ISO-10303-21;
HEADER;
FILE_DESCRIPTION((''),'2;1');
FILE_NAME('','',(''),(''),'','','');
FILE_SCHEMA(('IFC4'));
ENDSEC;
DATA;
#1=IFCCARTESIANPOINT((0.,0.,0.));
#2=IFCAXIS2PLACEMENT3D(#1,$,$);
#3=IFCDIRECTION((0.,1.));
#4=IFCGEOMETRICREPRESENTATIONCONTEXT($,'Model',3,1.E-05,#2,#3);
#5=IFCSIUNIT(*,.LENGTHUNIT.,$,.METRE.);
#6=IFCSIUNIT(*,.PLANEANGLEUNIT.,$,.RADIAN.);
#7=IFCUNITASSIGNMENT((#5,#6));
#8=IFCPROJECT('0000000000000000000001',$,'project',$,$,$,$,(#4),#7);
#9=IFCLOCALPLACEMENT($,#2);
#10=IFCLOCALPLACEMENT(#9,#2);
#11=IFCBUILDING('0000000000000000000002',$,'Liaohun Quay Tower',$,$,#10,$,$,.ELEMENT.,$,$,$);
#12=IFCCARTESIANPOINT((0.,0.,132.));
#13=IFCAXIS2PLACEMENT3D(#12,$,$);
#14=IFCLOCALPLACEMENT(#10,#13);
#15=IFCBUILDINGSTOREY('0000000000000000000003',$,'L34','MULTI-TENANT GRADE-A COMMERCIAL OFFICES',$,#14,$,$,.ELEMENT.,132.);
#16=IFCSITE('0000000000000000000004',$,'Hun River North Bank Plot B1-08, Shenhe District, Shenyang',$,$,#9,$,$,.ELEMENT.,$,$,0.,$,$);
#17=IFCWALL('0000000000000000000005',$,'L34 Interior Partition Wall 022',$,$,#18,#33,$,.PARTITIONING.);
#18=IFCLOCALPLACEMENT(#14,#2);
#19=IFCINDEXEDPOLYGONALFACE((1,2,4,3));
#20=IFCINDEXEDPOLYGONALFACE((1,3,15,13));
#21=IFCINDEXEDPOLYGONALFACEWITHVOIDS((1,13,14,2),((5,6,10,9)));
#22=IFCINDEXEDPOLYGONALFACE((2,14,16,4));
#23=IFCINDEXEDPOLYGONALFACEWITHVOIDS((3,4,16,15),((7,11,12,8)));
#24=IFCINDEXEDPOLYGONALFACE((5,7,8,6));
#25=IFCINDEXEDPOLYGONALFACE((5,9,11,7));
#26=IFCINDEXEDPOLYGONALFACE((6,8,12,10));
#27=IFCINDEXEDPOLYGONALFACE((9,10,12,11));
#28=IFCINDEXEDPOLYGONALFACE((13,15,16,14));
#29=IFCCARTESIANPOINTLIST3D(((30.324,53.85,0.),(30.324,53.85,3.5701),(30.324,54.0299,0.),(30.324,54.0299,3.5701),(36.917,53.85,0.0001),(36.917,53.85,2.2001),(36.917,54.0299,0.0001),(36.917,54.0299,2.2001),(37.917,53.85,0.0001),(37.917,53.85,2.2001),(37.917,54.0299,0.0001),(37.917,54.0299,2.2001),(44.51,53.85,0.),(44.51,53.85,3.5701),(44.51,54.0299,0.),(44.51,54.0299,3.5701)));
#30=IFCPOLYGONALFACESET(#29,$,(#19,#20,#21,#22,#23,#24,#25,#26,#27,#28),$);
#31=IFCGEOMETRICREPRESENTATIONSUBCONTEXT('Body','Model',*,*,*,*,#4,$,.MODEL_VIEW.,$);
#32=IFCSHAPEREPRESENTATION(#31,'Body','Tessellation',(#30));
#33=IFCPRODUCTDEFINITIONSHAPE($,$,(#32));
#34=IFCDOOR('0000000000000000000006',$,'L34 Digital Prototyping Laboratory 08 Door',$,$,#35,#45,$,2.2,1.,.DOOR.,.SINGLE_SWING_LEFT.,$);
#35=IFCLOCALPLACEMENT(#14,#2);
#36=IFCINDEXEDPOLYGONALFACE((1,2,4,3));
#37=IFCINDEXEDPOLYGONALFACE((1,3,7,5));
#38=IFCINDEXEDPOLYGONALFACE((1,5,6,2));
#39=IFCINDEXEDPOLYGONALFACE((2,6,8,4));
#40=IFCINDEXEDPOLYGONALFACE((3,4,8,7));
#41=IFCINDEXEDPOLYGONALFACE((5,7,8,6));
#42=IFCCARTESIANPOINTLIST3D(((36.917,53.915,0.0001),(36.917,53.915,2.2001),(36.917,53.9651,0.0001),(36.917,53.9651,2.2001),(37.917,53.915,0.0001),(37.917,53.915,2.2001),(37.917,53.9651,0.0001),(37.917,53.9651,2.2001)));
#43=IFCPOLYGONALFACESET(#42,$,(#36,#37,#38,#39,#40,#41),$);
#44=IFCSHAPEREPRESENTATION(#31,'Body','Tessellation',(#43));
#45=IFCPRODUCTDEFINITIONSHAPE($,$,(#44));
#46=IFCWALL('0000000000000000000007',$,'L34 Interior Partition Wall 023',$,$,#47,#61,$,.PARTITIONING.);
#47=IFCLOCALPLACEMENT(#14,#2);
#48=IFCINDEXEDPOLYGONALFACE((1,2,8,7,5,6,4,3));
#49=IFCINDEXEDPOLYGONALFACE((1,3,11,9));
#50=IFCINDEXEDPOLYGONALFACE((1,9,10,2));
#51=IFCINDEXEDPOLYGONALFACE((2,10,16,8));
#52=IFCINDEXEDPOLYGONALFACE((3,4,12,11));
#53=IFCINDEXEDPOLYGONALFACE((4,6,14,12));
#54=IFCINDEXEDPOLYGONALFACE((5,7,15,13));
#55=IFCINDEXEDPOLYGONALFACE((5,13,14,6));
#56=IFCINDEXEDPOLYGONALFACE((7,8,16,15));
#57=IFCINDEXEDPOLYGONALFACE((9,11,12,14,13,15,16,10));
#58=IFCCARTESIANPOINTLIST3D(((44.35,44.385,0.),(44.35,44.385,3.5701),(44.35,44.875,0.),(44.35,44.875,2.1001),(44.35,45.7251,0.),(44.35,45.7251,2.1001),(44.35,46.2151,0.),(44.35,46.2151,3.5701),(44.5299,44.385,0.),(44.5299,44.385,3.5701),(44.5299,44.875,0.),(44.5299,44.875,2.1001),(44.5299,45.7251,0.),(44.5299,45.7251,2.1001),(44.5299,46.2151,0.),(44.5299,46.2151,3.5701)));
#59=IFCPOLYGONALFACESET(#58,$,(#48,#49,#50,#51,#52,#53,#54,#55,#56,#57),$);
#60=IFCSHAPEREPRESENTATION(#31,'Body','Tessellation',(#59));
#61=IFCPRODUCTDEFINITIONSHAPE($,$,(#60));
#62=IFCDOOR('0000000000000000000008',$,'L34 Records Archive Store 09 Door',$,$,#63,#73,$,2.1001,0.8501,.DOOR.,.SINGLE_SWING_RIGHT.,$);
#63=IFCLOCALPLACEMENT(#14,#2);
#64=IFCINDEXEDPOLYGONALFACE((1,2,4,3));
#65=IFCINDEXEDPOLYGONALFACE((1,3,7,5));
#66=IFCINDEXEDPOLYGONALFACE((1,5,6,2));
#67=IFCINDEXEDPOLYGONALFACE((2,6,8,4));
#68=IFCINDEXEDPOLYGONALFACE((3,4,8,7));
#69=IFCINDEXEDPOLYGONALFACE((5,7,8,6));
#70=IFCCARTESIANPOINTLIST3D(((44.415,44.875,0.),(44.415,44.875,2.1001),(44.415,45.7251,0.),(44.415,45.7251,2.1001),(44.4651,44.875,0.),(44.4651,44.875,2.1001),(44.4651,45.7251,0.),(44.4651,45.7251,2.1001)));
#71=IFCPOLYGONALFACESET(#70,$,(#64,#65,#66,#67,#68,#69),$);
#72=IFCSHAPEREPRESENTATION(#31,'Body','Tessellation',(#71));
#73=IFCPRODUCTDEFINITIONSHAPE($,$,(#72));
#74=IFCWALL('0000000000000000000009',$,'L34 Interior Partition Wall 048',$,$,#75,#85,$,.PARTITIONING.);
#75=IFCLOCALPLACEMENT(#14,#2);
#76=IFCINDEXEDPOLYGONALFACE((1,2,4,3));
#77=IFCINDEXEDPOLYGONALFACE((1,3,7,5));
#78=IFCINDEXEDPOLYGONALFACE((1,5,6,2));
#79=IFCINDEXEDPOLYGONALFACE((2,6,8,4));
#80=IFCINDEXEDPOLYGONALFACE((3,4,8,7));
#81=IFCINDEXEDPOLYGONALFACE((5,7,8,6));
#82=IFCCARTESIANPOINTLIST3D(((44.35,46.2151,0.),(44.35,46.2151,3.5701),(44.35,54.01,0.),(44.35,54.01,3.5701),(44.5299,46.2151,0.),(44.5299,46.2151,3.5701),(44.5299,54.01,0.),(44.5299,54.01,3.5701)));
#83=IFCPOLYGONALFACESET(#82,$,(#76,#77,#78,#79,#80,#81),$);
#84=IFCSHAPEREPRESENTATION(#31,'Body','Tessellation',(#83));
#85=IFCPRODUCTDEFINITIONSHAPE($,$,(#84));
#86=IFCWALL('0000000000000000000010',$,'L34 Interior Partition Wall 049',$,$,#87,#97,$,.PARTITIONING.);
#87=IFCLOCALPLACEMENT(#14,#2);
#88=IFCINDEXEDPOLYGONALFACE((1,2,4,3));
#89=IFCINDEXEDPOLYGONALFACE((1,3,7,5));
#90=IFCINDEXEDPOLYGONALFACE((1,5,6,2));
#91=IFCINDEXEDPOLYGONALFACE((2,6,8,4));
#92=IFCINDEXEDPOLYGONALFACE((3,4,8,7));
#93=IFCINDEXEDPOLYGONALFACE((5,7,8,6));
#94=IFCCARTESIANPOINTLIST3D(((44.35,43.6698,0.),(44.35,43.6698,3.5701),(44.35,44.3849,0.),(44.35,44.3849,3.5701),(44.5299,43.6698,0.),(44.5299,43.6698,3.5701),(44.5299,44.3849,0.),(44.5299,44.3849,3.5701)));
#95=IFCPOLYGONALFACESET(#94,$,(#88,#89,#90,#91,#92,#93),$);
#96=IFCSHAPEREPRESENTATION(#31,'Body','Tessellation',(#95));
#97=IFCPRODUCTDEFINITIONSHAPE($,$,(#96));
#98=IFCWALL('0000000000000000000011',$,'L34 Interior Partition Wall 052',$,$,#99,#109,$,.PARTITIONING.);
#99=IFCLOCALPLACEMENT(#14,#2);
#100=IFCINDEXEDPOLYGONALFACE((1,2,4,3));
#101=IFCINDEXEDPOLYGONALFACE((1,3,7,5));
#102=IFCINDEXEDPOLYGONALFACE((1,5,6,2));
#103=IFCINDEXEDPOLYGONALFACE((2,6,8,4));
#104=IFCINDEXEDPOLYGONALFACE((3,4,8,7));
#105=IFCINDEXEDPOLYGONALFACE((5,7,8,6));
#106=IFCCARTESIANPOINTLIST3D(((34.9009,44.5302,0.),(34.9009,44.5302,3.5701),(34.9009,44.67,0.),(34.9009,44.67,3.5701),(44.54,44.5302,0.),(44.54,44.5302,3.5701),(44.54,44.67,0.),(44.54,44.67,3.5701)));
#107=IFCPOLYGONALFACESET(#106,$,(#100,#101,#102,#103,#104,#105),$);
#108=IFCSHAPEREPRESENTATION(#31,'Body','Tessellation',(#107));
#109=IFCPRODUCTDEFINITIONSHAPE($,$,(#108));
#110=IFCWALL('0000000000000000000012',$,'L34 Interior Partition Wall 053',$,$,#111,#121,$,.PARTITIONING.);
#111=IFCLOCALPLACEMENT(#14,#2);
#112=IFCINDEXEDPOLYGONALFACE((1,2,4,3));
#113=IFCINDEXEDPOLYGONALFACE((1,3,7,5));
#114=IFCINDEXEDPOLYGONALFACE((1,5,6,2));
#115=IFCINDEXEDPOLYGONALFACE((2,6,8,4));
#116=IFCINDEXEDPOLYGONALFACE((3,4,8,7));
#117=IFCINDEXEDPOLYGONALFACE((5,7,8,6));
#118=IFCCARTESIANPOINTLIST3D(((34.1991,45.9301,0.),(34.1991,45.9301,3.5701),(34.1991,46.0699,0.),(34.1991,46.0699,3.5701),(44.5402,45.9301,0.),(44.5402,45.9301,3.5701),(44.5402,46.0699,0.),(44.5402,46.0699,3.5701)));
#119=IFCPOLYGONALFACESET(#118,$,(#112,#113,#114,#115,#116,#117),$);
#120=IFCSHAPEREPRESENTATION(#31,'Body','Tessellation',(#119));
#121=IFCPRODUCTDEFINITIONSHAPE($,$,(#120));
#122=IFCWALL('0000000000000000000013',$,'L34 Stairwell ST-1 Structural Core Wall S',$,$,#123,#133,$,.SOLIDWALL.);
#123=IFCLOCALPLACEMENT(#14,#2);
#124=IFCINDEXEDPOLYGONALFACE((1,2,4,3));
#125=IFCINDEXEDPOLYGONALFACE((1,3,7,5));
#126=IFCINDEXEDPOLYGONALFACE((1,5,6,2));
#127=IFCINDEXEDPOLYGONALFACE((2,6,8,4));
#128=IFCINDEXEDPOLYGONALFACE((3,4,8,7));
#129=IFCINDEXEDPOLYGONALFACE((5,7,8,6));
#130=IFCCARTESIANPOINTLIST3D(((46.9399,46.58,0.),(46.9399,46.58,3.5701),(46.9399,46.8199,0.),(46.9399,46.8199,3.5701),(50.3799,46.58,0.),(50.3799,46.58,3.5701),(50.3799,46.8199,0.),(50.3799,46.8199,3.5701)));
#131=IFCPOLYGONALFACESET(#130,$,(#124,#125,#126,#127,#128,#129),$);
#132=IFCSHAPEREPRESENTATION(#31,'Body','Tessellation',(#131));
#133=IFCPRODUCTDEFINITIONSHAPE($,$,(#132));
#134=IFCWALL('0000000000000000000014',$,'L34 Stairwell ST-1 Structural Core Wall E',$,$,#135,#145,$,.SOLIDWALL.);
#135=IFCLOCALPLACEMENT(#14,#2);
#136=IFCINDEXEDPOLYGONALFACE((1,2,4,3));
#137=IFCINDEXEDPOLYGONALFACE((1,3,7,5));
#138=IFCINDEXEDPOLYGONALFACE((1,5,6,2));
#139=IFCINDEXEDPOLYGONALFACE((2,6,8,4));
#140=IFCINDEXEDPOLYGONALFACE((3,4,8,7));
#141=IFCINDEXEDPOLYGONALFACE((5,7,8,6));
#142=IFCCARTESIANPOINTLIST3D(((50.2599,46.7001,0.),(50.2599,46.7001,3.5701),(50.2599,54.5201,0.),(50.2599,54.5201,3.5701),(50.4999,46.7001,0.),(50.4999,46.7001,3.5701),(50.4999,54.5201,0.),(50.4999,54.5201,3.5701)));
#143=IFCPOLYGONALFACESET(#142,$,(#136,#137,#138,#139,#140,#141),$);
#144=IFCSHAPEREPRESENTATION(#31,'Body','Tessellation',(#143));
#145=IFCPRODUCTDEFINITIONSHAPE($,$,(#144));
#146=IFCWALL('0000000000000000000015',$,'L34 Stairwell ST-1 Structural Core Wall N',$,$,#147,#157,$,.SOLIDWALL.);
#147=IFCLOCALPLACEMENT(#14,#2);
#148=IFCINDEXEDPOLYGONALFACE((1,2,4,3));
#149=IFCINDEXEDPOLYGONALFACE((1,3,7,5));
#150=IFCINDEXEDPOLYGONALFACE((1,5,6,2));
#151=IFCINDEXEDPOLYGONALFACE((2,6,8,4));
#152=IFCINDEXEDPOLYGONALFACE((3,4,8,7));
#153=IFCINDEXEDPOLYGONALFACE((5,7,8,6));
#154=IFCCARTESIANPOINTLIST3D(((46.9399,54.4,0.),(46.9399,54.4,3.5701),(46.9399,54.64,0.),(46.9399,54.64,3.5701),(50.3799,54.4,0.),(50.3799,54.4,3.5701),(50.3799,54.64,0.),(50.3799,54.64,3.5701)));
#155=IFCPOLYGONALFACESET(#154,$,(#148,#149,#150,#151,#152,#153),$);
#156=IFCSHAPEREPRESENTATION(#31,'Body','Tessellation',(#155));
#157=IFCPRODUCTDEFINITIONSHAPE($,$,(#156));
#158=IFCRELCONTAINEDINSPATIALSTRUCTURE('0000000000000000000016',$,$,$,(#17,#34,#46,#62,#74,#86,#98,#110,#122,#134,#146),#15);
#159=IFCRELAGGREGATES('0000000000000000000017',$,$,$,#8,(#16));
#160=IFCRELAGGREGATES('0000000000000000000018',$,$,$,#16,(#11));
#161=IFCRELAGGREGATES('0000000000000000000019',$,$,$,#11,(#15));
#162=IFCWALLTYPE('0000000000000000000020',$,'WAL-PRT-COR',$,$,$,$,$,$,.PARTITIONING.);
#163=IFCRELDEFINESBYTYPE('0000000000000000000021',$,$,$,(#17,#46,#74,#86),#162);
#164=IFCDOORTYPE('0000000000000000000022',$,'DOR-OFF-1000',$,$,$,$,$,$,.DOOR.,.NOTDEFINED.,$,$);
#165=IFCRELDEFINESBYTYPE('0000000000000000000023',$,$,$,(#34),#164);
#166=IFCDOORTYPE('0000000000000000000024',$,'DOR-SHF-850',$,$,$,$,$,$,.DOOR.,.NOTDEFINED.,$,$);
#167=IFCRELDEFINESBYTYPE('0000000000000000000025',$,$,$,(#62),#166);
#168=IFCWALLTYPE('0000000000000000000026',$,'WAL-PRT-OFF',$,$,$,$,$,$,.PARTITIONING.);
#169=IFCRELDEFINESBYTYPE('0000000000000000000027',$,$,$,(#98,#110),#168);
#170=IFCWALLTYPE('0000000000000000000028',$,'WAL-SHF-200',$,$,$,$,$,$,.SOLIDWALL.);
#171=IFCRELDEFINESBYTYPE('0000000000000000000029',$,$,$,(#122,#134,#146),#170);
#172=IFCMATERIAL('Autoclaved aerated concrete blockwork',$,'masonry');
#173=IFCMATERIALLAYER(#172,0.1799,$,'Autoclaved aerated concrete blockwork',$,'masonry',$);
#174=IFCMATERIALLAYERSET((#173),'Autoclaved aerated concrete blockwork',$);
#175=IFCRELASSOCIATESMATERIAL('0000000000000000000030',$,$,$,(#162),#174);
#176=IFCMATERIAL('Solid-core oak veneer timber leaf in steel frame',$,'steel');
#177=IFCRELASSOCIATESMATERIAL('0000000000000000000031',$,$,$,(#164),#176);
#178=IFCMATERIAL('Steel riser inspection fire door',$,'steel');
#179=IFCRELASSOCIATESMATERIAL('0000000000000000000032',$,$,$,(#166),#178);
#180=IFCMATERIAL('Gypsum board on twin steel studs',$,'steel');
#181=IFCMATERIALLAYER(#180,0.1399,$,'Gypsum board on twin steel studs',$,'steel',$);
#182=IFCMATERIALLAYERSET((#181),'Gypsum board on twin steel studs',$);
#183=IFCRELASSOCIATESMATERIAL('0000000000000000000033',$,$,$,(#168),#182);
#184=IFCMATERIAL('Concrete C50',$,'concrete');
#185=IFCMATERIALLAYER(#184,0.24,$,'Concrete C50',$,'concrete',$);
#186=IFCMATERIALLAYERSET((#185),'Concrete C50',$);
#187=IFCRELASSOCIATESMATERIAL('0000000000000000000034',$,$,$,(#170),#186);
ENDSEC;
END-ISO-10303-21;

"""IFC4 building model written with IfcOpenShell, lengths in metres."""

from ifc_helpers import new_model, si_unit, direction, frame, frame_2d, origin, place, context, subcontext, project, spatial, rectangle, extrude, source, transform, mapped, material, layer, layer_set, type_object, element, fill, save


model = new_model("IFC4")

# Units and contexts
model_context = context("Model", 3, precision=1e-05, world=origin(), true_north=direction((0.0, 1.0)))
body_context = subcontext(model_context, "Body", "Model", "MODEL_VIEW")
ifc_project = project(units=[si_unit("LENGTHUNIT", "METRE"), si_unit("PLANEANGLEUNIT", "RADIAN")], contexts=[model_context])

# Site, building, storey
site_placement = place(None, origin())
site = spatial("IfcSite", under=ifc_project, at=site_placement, Name="Hun River North Bank Plot B1-08, Shenhe District, Shenyang", CompositionType="ELEMENT", RefElevation=0.0)
building_placement = place(site_placement, origin())
building = spatial("IfcBuilding", under=site, at=building_placement, Name="Liaohun Quay Tower", CompositionType="ELEMENT")
storey_placement = place(building_placement, frame((0.0, 0.0, 132.0)))
storey = spatial("IfcBuildingStorey", under=building, at=storey_placement, Name="L34", Description="MULTI-TENANT GRADE-A COMMERCIAL OFFICES", CompositionType="ELEMENT", Elevation=132.0)

# Walls, openings, doors
ifc_material_1 = material(Name="Autoclaved aerated concrete blockwork", Category="masonry")
ifc_layer_1 = layer(ifc_material_1, 0.1799, Name="Autoclaved aerated concrete blockwork", Category="masonry")
ifc_layer_set_1 = layer_set([ifc_layer_1], Name="Autoclaved aerated concrete blockwork")
wall_type_1 = type_object("IfcWallType", Name="WAL-PRT-COR", PredefinedType="PARTITIONING", material=ifc_layer_set_1)
wall_1_placement = place(storey_placement, frame((44.51, 53.9399, 0.0), z_axis=(0.0, 0.0, 1.0), x_axis=(-1.0, 0.0, 0.0)))
wall_1 = element("IfcWall", 1, at=wall_1_placement, inside=storey, type_object=wall_type_1, Name="L34 Interior Partition Wall 022", PredefinedType="PARTITIONING", context=body_context, shape_type="SweptSolid", body=[
    extrude(rectangle(XDim=14.186, YDim=0.1799, at=frame_2d((7.093, 0.0))), origin(), (0.0, 0.0, 1.0), 3.5701),
])
shared_shape_1 = source(origin(), body_context, "Body", "SweptSolid", [
    extrude(rectangle(XDim=1.0, YDim=2.2, at=frame_2d((0.5, 1.1001))), frame((0.0, 0.0999, 0.0), z_axis=(0.0, -1.0, 0.0), x_axis=(1.0, 0.0, 0.0)), (0.0, 0.0, 1.0), 0.2),
])
opening_1_placement = place(wall_1_placement, frame((6.593, 0.0, 0.0)))
opening_1 = element("IfcOpeningElement", 2, at=opening_1_placement, cuts=wall_1, PredefinedType="OPENING", context=body_context, shape_type="MappedRepresentation", body=[
    mapped(shared_shape_1, transform((0.0, 0.0, 0.0), x_axis=(1.0, 0.0, 0.0), y_axis=(0.0, 1.0, 0.0), z_axis=(0.0, 0.0, 1.0), scale=1.0)),
])
ifc_material_2 = material(Name="Solid-core oak veneer timber leaf in steel frame", Category="steel")
door_type_1 = type_object("IfcDoorType", Name="DOR-OFF-1000", OperationType="NOTDEFINED", PredefinedType="DOOR", material=ifc_material_2)
shared_shape_2 = source(origin(), body_context, "Body", "SweptSolid", [
    extrude(rectangle(XDim=1.0, YDim=2.2, at=frame_2d((0.5, 1.1001))), frame((0.0, 0.0249, 0.0), z_axis=(0.0, -1.0, 0.0), x_axis=(1.0, 0.0, 0.0)), (0.0, 0.0, 1.0), 0.05),
])
door_1_placement = place(opening_1_placement, origin())
door_1 = element("IfcDoor", 3, at=door_1_placement, inside=storey, type_object=door_type_1, Name="L34 Digital Prototyping Laboratory 08 Door", OperationType="SINGLE_SWING_LEFT", OverallHeight=2.2, OverallWidth=1.0, PredefinedType="DOOR", context=body_context, shape_type="MappedRepresentation", body=[
    mapped(shared_shape_2, transform((0.0, 0.0, 0.0), x_axis=(1.0, 0.0, 0.0), y_axis=(0.0, 1.0, 0.0), z_axis=(0.0, 0.0, 1.0), scale=1.0)),
])
fill(opening_1, door_1)
wall_2_placement = place(storey_placement, frame((44.4399, 44.385, 0.0), z_axis=(0.0, 0.0, 1.0), x_axis=(0.0, 1.0, 0.0)))
wall_2 = element("IfcWall", 4, at=wall_2_placement, inside=storey, type_object=wall_type_1, Name="L34 Interior Partition Wall 023", PredefinedType="PARTITIONING", context=body_context, shape_type="SweptSolid", body=[
    extrude(rectangle(XDim=1.8301, YDim=0.1799, at=frame_2d((0.915, 0.0))), origin(), (0.0, 0.0, 1.0), 3.5701),
])
shared_shape_3 = source(origin(), body_context, "Body", "SweptSolid", [
    extrude(rectangle(XDim=0.8501, YDim=2.1001, at=frame_2d((0.425, 1.05))), frame((0.0, 0.0999, 0.0), z_axis=(0.0, -1.0, 0.0), x_axis=(1.0, 0.0, 0.0)), (0.0, 0.0, 1.0), 0.2),
])
opening_2_placement = place(wall_2_placement, frame((0.49, 0.0, 0.0)))
opening_2 = element("IfcOpeningElement", 5, at=opening_2_placement, cuts=wall_2, PredefinedType="OPENING", context=body_context, shape_type="MappedRepresentation", body=[
    mapped(shared_shape_3, transform((0.0, 0.0, 0.0), x_axis=(1.0, 0.0, 0.0), y_axis=(0.0, 1.0, 0.0), z_axis=(0.0, 0.0, 1.0), scale=1.0)),
])
ifc_material_3 = material(Name="Steel riser inspection fire door", Category="steel")
door_type_2 = type_object("IfcDoorType", Name="DOR-SHF-850", OperationType="NOTDEFINED", PredefinedType="DOOR", material=ifc_material_3)
shared_shape_4 = source(origin(), body_context, "Body", "SweptSolid", [
    extrude(rectangle(XDim=0.8501, YDim=2.1001, at=frame_2d((0.425, 1.05))), frame((0.0, 0.0249, 0.0), z_axis=(0.0, -1.0, 0.0), x_axis=(1.0, 0.0, 0.0)), (0.0, 0.0, 1.0), 0.05),
])
door_2_placement = place(opening_2_placement, origin())
door_2 = element("IfcDoor", 6, at=door_2_placement, inside=storey, type_object=door_type_2, Name="L34 Records Archive Store 09 Door", OperationType="SINGLE_SWING_RIGHT", OverallHeight=2.1001, OverallWidth=0.8501, PredefinedType="DOOR", context=body_context, shape_type="MappedRepresentation", body=[
    mapped(shared_shape_4, transform((0.0, 0.0, 0.0), x_axis=(1.0, 0.0, 0.0), y_axis=(0.0, 1.0, 0.0), z_axis=(0.0, 0.0, 1.0), scale=1.0)),
])
fill(opening_2, door_2)

# Walls
wall_3_placement = place(storey_placement, frame((44.4399, 46.2151, 0.0), z_axis=(0.0, 0.0, 1.0), x_axis=(0.0, 1.0, 0.0)))
element("IfcWall", 7, at=wall_3_placement, inside=storey, type_object=wall_type_1, Name="L34 Interior Partition Wall 048", PredefinedType="PARTITIONING", context=body_context, shape_type="SweptSolid", body=[
    extrude(rectangle(XDim=7.7949, YDim=0.1799, at=frame_2d((3.8975, 0.0))), origin(), (0.0, 0.0, 1.0), 3.5701),
])
wall_4_placement = place(storey_placement, frame((44.4399, 43.6699, 0.0), z_axis=(0.0, 0.0, 1.0), x_axis=(0.0, 1.0, 0.0)))
element("IfcWall", 8, at=wall_4_placement, inside=storey, type_object=wall_type_1, Name="L34 Interior Partition Wall 049", PredefinedType="PARTITIONING", context=body_context, shape_type="SweptSolid", body=[
    extrude(rectangle(XDim=0.7151, YDim=0.1799, at=frame_2d((0.3574, 0.0))), origin(), (0.0, 0.0, 1.0), 3.5701),
])
ifc_material_4 = material(Name="Gypsum board on twin steel studs", Category="steel")
ifc_layer_2 = layer(ifc_material_4, 0.1399, Name="Gypsum board on twin steel studs", Category="steel")
ifc_layer_set_2 = layer_set([ifc_layer_2], Name="Gypsum board on twin steel studs")
wall_type_2 = type_object("IfcWallType", Name="WAL-PRT-OFF", PredefinedType="PARTITIONING", material=ifc_layer_set_2)
wall_5_placement = place(storey_placement, frame((44.54, 44.6001, 0.0), z_axis=(0.0, 0.0, 1.0), x_axis=(-1.0, 0.0, 0.0)))
element("IfcWall", 9, at=wall_5_placement, inside=storey, type_object=wall_type_2, Name="L34 Interior Partition Wall 052", PredefinedType="PARTITIONING", context=body_context, shape_type="SweptSolid", body=[
    extrude(rectangle(XDim=9.6392, YDim=0.1399, at=frame_2d((4.8196, 0.0))), origin(), (0.0, 0.0, 1.0), 3.5701),
])
wall_6_placement = place(storey_placement, frame((44.54, 46.0, 0.0), z_axis=(0.0, 0.0, 1.0), x_axis=(-1.0, 0.0, 0.0)))
element("IfcWall", 10, at=wall_6_placement, inside=storey, type_object=wall_type_2, Name="L34 Interior Partition Wall 053", PredefinedType="PARTITIONING", context=body_context, shape_type="SweptSolid", body=[
    extrude(rectangle(XDim=10.3411, YDim=0.1399, at=frame_2d((5.1704, 0.0))), origin(), (0.0, 0.0, 1.0), 3.5701),
])
ifc_material_5 = material(Name="Concrete C50", Category="concrete")
ifc_layer_3 = layer(ifc_material_5, 0.24, Name="Concrete C50", Category="concrete")
ifc_layer_set_3 = layer_set([ifc_layer_3], Name="Concrete C50")
wall_type_3 = type_object("IfcWallType", Name="WAL-SHF-200", PredefinedType="SOLIDWALL", material=ifc_layer_set_3)
wall_7_placement = place(storey_placement, frame((46.9399, 46.7, 0.0), z_axis=(0.0, 0.0, 1.0), x_axis=(1.0, 0.0, 0.0)))
element("IfcWall", 11, at=wall_7_placement, inside=storey, type_object=wall_type_3, Name="L34 Stairwell ST-1 Structural Core Wall S", PredefinedType="SOLIDWALL", context=body_context, shape_type="SweptSolid", body=[
    extrude(rectangle(XDim=3.4399, YDim=0.24, at=frame_2d((1.72, 0.0))), origin(), (0.0, 0.0, 1.0), 3.5701),
])
wall_8_placement = place(storey_placement, frame((50.3799, 46.7, 0.0), z_axis=(0.0, 0.0, 1.0), x_axis=(0.0, 1.0, 0.0)))
element("IfcWall", 12, at=wall_8_placement, inside=storey, type_object=wall_type_3, Name="L34 Stairwell ST-1 Structural Core Wall E", PredefinedType="SOLIDWALL", context=body_context, shape_type="SweptSolid", body=[
    extrude(rectangle(XDim=7.8201, YDim=0.24, at=frame_2d((3.9102, 0.0))), origin(), (0.0, 0.0, 1.0), 3.5701),
])
wall_9_placement = place(storey_placement, frame((50.3799, 54.52, 0.0), z_axis=(0.0, 0.0, 1.0), x_axis=(-1.0, 0.0, 0.0)))
element("IfcWall", 13, at=wall_9_placement, inside=storey, type_object=wall_type_3, Name="L34 Stairwell ST-1 Structural Core Wall N", PredefinedType="SOLIDWALL", context=body_context, shape_type="SweptSolid", body=[
    extrude(rectangle(XDim=3.4399, YDim=0.24, at=frame_2d((1.72, 0.0))), origin(), (0.0, 0.0, 1.0), 3.5701),
])

save(model, "model.ifc")
